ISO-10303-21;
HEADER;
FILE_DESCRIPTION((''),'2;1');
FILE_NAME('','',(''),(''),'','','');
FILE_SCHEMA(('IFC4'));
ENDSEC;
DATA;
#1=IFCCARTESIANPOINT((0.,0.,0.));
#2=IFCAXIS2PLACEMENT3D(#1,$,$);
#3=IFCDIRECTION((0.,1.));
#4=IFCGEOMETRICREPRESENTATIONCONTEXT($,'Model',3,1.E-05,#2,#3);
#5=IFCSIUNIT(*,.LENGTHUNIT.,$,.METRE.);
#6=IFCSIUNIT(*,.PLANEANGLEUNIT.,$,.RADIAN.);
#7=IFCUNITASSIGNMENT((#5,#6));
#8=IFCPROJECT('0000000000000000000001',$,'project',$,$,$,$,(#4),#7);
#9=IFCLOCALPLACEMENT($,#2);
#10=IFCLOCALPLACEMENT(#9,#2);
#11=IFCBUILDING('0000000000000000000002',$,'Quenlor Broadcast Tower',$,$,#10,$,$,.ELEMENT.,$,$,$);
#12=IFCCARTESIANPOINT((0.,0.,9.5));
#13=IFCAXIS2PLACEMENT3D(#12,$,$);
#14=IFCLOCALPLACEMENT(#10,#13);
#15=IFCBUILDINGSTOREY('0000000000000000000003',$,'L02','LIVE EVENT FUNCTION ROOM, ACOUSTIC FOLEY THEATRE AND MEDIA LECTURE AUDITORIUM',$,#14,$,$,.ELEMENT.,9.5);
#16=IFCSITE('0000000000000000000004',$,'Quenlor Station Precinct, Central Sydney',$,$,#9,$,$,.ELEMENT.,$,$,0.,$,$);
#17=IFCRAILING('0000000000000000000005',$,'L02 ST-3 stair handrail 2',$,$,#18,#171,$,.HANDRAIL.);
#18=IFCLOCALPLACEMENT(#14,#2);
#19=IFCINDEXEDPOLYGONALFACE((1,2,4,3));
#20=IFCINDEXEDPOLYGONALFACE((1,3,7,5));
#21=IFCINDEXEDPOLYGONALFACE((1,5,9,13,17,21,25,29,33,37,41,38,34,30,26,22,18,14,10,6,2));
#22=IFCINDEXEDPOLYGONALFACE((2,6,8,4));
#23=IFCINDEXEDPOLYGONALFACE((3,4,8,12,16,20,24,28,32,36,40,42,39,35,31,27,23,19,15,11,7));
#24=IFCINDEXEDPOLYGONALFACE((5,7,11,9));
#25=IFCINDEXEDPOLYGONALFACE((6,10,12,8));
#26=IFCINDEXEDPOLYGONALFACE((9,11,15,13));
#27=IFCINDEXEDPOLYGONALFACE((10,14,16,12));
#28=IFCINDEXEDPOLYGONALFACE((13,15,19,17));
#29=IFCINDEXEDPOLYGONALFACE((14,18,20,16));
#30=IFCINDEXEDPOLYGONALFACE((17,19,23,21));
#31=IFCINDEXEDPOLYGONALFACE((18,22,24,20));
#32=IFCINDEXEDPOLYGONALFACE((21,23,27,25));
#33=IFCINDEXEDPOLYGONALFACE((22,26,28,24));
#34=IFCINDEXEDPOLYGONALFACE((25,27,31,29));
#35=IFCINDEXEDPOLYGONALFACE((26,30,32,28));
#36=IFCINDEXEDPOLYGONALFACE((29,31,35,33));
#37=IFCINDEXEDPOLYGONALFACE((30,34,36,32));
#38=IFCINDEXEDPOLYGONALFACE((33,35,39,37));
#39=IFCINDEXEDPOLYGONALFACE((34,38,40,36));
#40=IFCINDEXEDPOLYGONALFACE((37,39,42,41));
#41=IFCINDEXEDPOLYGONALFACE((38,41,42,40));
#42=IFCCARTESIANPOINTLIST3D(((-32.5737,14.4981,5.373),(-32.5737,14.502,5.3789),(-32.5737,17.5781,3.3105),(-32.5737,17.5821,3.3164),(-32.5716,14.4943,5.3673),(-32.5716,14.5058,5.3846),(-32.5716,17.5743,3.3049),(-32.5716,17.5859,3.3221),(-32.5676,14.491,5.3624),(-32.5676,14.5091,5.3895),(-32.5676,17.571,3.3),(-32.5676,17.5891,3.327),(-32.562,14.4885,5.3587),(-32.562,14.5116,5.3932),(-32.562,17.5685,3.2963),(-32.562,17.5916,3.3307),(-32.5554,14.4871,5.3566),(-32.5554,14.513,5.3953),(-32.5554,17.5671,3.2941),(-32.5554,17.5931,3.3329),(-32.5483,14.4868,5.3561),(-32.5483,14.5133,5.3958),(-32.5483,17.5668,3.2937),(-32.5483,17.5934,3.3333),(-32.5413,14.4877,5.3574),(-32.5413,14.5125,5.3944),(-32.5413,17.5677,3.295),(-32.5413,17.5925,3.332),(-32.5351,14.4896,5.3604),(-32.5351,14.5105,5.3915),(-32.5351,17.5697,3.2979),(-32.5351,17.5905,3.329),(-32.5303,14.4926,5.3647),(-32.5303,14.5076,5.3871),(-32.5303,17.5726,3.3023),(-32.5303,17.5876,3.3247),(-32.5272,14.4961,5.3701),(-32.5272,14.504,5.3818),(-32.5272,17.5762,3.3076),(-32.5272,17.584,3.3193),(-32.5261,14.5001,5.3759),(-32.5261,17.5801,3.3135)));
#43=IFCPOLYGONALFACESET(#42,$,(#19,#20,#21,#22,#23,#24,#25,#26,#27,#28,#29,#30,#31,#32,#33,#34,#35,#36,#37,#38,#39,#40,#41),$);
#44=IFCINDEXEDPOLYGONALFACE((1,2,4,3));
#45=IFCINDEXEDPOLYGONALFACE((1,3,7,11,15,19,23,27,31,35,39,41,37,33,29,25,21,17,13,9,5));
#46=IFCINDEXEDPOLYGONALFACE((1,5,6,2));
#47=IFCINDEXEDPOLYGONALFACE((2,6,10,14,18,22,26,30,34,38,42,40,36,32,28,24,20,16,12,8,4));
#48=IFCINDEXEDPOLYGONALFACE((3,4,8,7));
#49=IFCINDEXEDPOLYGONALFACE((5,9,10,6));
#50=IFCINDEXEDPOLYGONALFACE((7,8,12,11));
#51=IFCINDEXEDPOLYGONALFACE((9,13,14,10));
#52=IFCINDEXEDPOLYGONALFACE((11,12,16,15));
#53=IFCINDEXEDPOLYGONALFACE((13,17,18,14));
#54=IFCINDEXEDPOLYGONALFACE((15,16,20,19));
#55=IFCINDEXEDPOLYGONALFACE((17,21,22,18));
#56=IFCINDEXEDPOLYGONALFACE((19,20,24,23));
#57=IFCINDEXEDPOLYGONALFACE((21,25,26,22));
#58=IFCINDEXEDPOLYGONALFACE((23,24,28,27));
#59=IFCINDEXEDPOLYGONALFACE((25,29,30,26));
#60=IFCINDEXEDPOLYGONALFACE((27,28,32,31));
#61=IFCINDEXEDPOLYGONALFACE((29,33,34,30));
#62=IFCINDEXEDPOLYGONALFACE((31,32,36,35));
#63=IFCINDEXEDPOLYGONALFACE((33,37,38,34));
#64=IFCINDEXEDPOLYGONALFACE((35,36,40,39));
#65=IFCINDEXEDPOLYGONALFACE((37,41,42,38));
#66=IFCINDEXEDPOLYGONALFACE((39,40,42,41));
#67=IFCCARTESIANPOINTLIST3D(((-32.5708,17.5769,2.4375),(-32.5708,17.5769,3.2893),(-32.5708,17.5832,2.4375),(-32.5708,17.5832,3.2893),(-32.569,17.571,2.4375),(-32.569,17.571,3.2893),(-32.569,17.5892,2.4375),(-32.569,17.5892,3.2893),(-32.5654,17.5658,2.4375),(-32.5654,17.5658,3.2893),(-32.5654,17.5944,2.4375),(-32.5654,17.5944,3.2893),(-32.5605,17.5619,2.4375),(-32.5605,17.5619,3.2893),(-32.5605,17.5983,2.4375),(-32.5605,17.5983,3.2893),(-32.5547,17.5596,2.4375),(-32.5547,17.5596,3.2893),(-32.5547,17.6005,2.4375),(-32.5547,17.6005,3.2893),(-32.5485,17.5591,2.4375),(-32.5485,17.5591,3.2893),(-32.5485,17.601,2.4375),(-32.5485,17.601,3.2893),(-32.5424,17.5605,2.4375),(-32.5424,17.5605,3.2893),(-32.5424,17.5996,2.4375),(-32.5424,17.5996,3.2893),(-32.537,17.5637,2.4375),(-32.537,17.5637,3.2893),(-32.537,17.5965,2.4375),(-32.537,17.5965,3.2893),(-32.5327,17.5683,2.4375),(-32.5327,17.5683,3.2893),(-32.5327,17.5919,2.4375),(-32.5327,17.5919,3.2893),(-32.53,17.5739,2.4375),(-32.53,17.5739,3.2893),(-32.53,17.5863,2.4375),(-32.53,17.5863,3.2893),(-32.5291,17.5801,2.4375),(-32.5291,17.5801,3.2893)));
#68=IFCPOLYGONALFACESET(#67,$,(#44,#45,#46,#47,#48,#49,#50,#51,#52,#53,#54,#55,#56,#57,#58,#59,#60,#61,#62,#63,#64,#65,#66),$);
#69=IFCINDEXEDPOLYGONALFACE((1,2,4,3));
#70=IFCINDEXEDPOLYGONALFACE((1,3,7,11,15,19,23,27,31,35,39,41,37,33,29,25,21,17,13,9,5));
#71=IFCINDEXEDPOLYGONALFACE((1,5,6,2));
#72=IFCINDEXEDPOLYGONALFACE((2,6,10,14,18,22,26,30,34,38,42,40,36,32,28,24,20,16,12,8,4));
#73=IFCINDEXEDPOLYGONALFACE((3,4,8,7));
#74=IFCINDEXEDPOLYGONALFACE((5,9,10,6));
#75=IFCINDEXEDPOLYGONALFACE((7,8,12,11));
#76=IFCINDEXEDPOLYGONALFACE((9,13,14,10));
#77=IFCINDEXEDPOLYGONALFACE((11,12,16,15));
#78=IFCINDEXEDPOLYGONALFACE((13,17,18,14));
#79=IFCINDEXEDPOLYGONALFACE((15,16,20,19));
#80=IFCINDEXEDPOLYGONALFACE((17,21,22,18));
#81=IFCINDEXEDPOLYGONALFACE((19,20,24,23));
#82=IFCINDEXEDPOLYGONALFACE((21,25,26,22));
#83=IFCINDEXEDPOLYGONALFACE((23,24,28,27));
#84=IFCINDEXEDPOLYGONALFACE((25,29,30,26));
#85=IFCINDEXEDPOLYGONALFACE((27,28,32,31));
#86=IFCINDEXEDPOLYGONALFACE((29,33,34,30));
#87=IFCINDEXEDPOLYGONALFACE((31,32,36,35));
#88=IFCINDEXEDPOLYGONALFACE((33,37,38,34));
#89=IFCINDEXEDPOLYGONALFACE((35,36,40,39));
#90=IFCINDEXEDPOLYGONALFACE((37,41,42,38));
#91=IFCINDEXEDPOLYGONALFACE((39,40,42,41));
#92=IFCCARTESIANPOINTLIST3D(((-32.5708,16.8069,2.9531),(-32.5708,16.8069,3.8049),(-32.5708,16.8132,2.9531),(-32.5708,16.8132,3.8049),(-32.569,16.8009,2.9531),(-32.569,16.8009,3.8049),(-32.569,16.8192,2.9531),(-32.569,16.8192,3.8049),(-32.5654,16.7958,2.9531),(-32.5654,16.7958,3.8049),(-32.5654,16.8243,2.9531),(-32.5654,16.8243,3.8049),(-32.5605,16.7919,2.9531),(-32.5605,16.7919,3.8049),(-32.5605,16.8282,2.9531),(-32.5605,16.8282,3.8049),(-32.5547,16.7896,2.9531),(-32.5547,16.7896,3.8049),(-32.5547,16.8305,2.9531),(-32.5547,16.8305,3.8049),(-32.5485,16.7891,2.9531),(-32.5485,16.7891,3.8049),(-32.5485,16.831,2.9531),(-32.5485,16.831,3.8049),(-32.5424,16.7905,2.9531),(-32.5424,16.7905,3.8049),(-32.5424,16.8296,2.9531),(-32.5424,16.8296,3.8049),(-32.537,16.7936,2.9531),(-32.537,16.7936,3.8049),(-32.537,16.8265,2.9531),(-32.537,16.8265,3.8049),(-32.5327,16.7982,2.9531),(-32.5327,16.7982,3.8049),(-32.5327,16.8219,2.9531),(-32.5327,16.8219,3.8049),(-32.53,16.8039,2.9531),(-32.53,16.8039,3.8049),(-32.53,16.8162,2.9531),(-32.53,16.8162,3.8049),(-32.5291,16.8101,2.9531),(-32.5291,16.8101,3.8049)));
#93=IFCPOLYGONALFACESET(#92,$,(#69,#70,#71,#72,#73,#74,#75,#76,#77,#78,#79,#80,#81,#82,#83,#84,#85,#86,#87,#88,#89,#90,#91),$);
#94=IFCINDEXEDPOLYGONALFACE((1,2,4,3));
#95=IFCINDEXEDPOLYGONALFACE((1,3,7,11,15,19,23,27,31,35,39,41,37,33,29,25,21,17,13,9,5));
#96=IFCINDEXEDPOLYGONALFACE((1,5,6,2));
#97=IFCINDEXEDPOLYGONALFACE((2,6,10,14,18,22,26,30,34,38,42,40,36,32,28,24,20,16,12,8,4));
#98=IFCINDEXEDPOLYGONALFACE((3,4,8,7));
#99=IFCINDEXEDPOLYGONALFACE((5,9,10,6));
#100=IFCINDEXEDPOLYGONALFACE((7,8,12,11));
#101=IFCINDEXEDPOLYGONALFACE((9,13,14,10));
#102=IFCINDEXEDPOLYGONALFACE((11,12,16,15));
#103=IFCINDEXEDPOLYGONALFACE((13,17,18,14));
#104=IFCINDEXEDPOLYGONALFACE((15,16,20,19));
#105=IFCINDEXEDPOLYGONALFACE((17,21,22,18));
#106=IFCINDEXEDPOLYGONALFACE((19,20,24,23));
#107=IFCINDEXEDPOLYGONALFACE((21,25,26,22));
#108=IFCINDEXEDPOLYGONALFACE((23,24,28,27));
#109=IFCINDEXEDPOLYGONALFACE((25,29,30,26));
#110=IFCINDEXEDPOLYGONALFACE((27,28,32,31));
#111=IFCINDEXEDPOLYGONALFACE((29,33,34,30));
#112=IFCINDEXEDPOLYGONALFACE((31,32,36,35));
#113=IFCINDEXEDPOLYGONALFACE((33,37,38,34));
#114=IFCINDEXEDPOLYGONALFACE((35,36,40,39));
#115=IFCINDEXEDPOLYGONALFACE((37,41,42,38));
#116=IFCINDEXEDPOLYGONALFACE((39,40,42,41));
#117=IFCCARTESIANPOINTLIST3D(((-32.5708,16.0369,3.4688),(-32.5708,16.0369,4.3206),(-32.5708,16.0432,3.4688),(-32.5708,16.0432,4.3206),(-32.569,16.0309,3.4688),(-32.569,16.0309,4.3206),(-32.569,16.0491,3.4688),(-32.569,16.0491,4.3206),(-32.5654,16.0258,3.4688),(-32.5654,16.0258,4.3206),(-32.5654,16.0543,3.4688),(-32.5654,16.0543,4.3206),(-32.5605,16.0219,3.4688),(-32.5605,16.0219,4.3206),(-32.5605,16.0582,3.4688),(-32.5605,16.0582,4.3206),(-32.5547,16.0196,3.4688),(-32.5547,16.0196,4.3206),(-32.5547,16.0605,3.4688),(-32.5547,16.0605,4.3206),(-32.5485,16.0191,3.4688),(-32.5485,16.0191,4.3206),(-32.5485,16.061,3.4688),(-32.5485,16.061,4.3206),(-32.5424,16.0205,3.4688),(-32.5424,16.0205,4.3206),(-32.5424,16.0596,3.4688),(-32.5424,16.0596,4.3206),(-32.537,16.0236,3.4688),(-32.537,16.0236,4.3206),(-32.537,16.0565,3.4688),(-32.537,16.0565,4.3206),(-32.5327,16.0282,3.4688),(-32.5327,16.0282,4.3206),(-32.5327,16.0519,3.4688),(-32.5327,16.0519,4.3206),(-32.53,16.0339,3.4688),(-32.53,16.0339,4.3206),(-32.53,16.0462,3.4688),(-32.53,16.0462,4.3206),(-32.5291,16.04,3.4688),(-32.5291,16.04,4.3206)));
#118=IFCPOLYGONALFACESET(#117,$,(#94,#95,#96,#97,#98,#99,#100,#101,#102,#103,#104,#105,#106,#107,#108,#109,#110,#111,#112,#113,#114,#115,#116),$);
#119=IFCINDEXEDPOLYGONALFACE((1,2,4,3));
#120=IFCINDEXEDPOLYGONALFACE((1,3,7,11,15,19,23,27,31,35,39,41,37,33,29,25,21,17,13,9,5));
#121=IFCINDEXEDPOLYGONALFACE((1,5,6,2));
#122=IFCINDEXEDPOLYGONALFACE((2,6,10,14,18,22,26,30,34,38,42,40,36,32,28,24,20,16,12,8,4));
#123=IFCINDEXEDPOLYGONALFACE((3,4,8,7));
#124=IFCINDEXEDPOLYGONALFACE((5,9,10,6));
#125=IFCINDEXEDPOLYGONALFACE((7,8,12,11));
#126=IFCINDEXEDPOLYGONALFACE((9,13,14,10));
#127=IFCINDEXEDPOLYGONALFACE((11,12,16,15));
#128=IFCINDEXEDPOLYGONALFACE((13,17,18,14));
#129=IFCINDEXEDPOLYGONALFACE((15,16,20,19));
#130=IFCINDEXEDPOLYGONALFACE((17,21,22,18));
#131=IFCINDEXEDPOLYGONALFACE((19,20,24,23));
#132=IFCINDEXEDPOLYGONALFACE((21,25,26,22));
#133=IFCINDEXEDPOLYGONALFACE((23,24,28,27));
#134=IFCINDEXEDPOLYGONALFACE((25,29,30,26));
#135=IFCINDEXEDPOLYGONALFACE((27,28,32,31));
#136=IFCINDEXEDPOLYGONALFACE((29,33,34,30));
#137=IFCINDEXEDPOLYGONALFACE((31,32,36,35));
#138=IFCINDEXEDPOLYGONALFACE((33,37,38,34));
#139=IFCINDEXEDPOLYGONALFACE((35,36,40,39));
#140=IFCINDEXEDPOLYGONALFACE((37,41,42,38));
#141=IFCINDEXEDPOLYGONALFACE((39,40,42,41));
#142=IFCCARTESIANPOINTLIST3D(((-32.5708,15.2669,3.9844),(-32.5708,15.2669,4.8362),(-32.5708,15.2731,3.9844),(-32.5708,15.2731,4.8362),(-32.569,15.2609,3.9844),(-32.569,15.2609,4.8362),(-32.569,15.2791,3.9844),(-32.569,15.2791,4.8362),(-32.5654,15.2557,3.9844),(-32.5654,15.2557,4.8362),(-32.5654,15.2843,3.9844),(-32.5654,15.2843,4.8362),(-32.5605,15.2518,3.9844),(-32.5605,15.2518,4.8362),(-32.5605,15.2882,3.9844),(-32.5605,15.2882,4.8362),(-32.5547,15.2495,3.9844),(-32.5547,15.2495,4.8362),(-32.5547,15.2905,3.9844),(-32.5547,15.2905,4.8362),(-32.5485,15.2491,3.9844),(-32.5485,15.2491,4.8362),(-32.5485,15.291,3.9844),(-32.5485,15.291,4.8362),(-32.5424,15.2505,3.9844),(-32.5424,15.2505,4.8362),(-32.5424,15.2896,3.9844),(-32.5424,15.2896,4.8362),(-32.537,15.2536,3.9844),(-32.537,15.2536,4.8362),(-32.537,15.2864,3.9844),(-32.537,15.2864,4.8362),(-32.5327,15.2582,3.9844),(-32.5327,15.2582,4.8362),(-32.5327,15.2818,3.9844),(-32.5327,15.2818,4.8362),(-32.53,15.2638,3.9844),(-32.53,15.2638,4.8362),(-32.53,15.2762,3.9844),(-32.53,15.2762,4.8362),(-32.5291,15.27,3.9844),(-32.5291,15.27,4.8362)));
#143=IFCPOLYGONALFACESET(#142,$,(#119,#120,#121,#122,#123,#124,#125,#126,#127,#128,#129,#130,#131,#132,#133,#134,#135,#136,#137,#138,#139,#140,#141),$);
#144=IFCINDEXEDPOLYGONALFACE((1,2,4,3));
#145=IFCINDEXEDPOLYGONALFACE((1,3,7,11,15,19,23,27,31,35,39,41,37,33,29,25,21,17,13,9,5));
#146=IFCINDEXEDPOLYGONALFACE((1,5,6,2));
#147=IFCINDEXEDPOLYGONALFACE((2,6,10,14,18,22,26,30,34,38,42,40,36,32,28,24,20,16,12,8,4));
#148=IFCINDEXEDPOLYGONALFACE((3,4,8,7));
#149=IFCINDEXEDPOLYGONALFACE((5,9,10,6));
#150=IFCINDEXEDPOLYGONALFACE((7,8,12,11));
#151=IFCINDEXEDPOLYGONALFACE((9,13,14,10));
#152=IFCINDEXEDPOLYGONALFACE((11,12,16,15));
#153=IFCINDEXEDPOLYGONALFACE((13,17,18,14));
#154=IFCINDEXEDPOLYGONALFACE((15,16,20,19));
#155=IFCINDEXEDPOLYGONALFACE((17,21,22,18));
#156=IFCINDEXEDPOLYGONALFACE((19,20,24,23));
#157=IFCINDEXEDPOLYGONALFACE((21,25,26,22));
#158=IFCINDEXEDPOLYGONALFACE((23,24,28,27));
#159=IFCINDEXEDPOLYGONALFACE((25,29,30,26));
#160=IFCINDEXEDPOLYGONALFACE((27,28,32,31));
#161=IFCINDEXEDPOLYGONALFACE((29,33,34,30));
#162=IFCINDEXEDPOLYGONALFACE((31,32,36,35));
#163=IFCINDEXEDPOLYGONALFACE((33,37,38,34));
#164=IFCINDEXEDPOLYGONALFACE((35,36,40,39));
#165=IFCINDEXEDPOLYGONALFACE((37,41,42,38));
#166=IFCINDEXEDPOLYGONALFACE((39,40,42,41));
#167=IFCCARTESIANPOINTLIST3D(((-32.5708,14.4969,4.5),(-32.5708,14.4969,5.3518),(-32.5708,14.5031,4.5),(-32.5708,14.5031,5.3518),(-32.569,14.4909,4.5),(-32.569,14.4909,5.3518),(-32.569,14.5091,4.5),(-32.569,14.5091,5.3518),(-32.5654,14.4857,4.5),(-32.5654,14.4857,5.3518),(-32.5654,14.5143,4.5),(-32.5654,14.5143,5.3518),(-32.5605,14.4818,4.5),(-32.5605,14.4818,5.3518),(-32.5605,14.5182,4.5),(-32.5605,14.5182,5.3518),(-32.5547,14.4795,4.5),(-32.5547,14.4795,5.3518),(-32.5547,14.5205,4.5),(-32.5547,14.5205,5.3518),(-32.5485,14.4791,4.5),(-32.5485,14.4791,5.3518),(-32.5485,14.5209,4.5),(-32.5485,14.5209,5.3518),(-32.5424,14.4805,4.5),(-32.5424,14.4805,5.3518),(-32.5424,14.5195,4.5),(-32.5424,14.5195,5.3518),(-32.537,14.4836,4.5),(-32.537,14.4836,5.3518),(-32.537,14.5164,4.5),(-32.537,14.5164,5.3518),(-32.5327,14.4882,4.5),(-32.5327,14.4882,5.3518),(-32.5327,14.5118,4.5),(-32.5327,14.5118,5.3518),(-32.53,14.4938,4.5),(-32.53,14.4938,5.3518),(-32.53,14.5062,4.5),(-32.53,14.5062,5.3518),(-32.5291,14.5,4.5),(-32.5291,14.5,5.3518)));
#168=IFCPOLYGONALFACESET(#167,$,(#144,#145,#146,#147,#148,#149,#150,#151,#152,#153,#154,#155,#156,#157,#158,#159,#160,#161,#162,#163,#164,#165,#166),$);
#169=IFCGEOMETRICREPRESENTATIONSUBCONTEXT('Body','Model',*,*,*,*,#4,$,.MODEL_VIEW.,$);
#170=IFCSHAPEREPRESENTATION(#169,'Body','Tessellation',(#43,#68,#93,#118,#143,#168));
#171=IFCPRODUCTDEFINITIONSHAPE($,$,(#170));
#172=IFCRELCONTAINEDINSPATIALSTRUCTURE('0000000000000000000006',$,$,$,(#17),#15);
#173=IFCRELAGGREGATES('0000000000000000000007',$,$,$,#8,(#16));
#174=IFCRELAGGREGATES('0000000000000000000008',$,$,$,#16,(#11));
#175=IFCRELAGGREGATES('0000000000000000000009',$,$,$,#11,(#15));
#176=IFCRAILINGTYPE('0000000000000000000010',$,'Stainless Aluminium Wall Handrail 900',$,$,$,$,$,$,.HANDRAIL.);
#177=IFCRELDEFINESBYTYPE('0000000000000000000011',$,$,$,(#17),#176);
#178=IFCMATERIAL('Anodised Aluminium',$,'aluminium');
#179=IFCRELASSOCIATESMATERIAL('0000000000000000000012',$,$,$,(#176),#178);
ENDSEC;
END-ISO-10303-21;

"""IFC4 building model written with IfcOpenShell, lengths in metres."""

from ifc_helpers import new_model, si_unit, direction, frame, origin, origin_2d, place, context, subcontext, project, spatial, circle, extrude, material, type_object, element, save


model = new_model("IFC4")

# Units and contexts
model_context = context("Model", 3, precision=1e-05, world=origin(), true_north=direction((0.0, 1.0)))
body_context = subcontext(model_context, "Body", "Model", "MODEL_VIEW")
ifc_project = project(units=[si_unit("LENGTHUNIT", "METRE"), si_unit("PLANEANGLEUNIT", "RADIAN")], contexts=[model_context])

# Site, building, storey
site_placement = place(None, origin())
site = spatial("IfcSite", under=ifc_project, at=site_placement, Name="Quenlor Station Precinct, Central Sydney", CompositionType="ELEMENT", RefElevation=0.0)
building_placement = place(site_placement, origin())
building = spatial("IfcBuilding", under=site, at=building_placement, Name="Quenlor Broadcast Tower", CompositionType="ELEMENT")
storey_placement = place(building_placement, frame((0.0, 0.0, 9.5)))
storey = spatial("IfcBuildingStorey", under=building, at=storey_placement, Name="L02", Description="LIVE EVENT FUNCTION ROOM, ACOUSTIC FOLEY THEATRE AND MEDIA LECTURE AUDITORIUM", CompositionType="ELEMENT", Elevation=9.5)

# Railing
ifc_material_1 = material(Name="Anodised Aluminium", Category="aluminium")
railing_type_1 = type_object("IfcRailingType", Name="Stainless Aluminium Wall Handrail 900", PredefinedType="HANDRAIL", material=ifc_material_1)
railing_1_placement = place(storey_placement, frame((-32.55, 17.5801, 2.4375)))
element("IfcRailing", 1, at=railing_1_placement, inside=storey, type_object=railing_type_1, Name="L02 ST-3 stair handrail 2", PredefinedType="HANDRAIL", context=body_context, shape_type="SweptSolid", body=[
    extrude(circle(Radius=0.0239, at=origin_2d()), frame((0.0, 0.0, 0.876), z_axis=(0.0, -0.830914, 0.556401), x_axis=(1.0, 0.0, 0.0)), (0.0, 0.0, 1.0), 3.7068),
    extrude(circle(Radius=0.021, at=origin_2d()), origin(), (0.0, 0.0, 1.0), 0.8518),
    extrude(circle(Radius=0.021, at=origin_2d()), frame((0.0, -0.77, 0.5156)), (0.0, 0.0, 1.0), 0.8518),
    extrude(circle(Radius=0.021, at=origin_2d()), frame((0.0, -1.54, 1.0312)), (0.0, 0.0, 1.0), 0.8518),
    extrude(circle(Radius=0.021, at=origin_2d()), frame((0.0, -2.3101, 1.5469)), (0.0, 0.0, 1.0), 0.8518),
    extrude(circle(Radius=0.021, at=origin_2d()), frame((0.0, -3.0801, 2.0625)), (0.0, 0.0, 1.0), 0.8518),
])

save(model, "model.ifc")
